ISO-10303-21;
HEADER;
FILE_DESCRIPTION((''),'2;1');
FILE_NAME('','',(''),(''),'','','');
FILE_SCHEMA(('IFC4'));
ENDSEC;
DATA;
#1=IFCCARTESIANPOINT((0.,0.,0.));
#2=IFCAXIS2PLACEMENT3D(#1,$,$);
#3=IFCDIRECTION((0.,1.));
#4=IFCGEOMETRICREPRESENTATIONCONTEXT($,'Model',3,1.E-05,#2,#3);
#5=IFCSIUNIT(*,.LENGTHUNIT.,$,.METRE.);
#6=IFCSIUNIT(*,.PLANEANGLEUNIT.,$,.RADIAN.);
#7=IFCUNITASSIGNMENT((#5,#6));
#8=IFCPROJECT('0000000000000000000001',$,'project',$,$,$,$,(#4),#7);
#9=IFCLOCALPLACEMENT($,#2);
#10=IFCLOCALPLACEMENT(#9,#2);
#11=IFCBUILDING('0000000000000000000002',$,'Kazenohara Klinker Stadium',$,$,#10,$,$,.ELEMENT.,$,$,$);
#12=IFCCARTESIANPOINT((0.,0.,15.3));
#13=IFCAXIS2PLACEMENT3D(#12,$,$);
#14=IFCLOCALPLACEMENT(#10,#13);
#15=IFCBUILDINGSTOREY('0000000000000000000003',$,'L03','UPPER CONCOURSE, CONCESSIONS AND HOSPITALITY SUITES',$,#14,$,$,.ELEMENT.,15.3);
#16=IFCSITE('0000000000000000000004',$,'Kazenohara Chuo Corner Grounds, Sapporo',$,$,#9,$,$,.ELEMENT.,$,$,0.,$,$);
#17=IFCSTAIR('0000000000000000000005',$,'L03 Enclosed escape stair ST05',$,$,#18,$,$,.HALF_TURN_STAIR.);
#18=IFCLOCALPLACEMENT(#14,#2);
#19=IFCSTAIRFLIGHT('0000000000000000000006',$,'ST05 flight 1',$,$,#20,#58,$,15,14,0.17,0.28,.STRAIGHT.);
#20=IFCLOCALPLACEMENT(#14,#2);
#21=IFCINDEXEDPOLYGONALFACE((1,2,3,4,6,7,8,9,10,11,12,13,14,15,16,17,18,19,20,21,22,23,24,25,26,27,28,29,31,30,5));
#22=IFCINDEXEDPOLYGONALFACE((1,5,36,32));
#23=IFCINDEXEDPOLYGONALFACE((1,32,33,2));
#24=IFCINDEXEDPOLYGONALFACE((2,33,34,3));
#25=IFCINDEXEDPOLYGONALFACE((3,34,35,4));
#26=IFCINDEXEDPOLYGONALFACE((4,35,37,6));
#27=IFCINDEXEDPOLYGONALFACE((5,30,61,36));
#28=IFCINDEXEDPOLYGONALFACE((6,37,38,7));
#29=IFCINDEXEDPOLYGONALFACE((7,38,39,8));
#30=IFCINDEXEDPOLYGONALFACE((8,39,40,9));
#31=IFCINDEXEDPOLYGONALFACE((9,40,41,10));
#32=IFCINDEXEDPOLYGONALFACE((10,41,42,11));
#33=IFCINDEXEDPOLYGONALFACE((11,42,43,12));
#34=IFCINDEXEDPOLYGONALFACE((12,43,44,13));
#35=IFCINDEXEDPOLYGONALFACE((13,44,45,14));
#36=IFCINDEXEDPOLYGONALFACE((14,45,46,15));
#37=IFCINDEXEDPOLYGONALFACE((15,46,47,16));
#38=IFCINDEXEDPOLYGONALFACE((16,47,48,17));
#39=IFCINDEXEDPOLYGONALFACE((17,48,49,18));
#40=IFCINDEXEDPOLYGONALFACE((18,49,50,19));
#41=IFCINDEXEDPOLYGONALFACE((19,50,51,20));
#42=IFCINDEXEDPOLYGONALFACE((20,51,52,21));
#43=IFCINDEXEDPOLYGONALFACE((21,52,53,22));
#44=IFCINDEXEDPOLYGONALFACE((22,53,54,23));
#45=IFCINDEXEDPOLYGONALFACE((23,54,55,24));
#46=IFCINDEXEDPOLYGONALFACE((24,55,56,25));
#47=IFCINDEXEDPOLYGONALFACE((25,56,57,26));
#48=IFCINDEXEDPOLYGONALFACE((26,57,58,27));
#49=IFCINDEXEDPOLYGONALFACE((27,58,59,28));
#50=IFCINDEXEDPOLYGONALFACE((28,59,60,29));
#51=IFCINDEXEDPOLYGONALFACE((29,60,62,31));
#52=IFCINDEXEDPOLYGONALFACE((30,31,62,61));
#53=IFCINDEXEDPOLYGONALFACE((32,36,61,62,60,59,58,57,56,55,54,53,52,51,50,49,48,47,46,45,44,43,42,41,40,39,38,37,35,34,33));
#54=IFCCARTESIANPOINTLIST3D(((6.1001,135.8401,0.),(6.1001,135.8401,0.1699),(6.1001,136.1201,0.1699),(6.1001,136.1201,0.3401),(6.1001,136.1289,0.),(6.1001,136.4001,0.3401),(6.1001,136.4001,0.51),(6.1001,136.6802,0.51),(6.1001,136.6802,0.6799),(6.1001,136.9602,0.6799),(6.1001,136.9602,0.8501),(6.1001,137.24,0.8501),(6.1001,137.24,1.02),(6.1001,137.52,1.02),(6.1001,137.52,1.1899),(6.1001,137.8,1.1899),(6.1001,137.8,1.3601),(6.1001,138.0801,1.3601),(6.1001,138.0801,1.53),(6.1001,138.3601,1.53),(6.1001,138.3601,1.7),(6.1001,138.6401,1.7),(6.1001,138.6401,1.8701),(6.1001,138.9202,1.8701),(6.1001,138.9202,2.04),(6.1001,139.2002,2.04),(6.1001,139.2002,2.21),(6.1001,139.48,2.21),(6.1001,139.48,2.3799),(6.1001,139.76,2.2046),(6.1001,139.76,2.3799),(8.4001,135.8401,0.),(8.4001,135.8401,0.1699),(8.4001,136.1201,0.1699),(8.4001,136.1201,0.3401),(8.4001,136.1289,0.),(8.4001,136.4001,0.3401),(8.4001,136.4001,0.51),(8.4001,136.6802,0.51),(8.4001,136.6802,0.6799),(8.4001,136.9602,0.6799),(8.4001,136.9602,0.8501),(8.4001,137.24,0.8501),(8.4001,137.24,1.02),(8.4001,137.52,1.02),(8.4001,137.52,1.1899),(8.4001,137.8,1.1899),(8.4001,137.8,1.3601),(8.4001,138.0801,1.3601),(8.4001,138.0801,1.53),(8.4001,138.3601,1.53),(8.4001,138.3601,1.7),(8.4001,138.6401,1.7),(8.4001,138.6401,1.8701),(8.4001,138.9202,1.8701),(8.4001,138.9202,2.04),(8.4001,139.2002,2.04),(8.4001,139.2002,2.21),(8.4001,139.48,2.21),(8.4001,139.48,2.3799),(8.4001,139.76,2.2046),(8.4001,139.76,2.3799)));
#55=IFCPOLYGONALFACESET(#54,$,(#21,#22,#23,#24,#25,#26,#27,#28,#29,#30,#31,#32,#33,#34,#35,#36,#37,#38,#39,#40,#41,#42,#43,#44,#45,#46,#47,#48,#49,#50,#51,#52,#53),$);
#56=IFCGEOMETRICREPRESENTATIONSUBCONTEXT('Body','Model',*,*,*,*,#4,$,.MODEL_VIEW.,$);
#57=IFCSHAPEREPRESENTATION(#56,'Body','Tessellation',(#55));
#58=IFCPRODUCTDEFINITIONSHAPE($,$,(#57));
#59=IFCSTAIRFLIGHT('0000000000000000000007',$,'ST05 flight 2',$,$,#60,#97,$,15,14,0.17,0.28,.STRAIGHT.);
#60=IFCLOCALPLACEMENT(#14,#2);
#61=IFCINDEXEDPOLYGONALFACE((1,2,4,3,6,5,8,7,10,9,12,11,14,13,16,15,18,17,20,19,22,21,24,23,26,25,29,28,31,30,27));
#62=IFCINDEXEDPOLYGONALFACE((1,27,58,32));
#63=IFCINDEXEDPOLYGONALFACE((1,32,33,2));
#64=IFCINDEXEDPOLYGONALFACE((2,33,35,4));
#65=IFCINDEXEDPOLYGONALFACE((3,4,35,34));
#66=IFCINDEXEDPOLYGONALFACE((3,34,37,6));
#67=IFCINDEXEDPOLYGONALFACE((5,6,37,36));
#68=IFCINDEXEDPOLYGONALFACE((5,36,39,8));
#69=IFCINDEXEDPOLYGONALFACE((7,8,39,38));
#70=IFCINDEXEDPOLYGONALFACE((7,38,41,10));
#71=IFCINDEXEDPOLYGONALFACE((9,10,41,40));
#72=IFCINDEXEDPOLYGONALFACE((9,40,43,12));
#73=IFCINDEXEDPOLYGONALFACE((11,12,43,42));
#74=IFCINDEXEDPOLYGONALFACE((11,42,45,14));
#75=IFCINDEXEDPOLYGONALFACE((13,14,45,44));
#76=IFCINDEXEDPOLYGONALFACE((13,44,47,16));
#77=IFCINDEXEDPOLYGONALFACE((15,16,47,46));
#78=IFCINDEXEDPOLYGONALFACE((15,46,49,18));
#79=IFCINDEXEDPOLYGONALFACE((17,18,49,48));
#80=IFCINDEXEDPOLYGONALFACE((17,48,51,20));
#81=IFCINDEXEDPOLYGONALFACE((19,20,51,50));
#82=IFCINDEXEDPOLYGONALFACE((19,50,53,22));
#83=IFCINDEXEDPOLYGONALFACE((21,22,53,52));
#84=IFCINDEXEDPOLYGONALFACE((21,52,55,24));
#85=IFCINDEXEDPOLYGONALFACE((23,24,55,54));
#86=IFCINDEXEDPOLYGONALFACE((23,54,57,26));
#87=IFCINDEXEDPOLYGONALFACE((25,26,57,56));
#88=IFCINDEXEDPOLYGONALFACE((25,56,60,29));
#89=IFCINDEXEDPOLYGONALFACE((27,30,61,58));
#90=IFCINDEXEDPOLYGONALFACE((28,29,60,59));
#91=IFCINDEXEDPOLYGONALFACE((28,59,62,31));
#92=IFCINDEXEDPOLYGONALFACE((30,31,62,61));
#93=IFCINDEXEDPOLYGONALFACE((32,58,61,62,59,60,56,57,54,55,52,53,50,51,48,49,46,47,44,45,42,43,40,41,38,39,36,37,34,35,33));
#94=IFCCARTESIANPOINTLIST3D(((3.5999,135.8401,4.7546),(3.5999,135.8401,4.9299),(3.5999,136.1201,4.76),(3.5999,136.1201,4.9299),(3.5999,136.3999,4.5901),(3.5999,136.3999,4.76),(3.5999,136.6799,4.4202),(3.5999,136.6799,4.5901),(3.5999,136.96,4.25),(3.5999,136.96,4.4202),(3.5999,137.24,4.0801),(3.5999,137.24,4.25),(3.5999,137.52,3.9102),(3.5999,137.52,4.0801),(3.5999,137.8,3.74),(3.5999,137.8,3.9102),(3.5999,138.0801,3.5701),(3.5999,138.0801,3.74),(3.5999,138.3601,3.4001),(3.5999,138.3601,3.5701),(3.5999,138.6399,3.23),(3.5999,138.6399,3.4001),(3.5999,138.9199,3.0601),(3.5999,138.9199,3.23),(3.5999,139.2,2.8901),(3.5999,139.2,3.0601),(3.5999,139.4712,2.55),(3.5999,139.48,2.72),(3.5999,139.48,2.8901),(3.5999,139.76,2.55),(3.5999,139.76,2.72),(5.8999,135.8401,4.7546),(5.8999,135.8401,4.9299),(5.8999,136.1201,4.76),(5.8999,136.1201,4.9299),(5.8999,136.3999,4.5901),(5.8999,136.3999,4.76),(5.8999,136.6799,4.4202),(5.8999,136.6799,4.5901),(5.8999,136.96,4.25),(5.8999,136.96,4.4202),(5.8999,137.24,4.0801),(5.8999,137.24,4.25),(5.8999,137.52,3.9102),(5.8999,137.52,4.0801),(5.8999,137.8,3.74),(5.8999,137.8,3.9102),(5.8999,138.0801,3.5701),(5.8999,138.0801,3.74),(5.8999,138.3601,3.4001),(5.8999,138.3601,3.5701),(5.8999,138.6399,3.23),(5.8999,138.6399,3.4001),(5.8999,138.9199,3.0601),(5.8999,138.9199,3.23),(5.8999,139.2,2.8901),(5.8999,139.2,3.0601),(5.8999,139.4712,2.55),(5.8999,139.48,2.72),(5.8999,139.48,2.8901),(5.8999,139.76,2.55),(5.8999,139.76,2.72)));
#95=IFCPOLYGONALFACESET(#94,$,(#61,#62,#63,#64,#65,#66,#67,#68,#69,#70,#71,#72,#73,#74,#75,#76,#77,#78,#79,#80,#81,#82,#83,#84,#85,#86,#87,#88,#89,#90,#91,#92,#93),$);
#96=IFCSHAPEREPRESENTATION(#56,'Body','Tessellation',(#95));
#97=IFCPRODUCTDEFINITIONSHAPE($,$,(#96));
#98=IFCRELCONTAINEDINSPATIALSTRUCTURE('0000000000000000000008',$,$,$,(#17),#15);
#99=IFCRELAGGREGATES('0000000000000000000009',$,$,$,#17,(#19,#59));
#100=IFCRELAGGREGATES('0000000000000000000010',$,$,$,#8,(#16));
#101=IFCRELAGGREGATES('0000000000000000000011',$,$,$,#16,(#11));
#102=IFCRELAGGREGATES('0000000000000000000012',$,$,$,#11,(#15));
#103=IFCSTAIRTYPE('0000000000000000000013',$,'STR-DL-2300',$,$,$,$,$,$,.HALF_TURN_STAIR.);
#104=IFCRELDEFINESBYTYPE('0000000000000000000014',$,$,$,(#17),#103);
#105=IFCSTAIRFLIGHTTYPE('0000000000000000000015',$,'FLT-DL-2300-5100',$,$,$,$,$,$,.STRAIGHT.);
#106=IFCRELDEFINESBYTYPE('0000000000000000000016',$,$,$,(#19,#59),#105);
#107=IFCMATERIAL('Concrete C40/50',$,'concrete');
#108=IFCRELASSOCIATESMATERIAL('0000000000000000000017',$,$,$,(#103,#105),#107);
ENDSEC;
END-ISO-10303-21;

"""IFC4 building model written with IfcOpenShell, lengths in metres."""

from ifc_helpers import new_model, si_unit, direction, frame, origin, place, context, subcontext, project, spatial, polyline, outline, extrude, material, type_object, element, aggregate, save


model = new_model("IFC4")

# Units and contexts
model_context = context("Model", 3, precision=1e-05, world=origin(), true_north=direction((0.0, 1.0)))
body_context = subcontext(model_context, "Body", "Model", "MODEL_VIEW")
ifc_project = project(units=[si_unit("LENGTHUNIT", "METRE"), si_unit("PLANEANGLEUNIT", "RADIAN")], contexts=[model_context])

# Site, building, storey
site_placement = place(None, origin())
site = spatial("IfcSite", under=ifc_project, at=site_placement, Name="Kazenohara Chuo Corner Grounds, Sapporo", CompositionType="ELEMENT", RefElevation=0.0)
building_placement = place(site_placement, origin())
building = spatial("IfcBuilding", under=site, at=building_placement, Name="Kazenohara Klinker Stadium", CompositionType="ELEMENT")
storey_placement = place(building_placement, frame((0.0, 0.0, 15.3)))
storey = spatial("IfcBuildingStorey", under=building, at=storey_placement, Name="L03", Description="UPPER CONCOURSE, CONCESSIONS AND HOSPITALITY SUITES", CompositionType="ELEMENT", Elevation=15.3)

# Shared definitions
ifc_material_1 = material(Name="Concrete C40/50", Category="concrete")

# Stair, stair flights
stair_type = type_object("IfcStairType", Name="STR-DL-2300", PredefinedType="HALF_TURN_STAIR", material=ifc_material_1)
stair_placement = place(storey_placement, origin())
stair = element("IfcStair", 1, at=stair_placement, inside=storey, type_object=stair_type, Name="L03 Enclosed escape stair ST05", PredefinedType="HALF_TURN_STAIR")
stair_flight_type = type_object("IfcStairFlightType", Name="FLT-DL-2300-5100", PredefinedType="STRAIGHT", material=ifc_material_1)
stair_flight_1_placement = place(storey_placement, frame((7.25, 135.8401, 0.0), z_axis=(0.0, 0.0, 1.0), x_axis=(0.0, 1.0, 0.0)))
stair_flight_1 = element("IfcStairFlight", 2, at=stair_flight_1_placement, type_object=stair_flight_type, Name="ST05 flight 1", NumberOfRisers=15, NumberOfTreads=14, PredefinedType="STRAIGHT", RiserHeight=0.17, TreadLength=0.28, context=body_context, shape_type="SweptSolid", body=[
    extrude(outline(polyline([(0.0, 0.0), (0.0, 0.1699), (0.28, 0.1699), (0.28, 0.3401), (0.5601, 0.3401), (0.5601, 0.51), (0.8401, 0.51), (0.8401, 0.6799), (1.1201, 0.6799), (1.1201, 0.8501), (1.3999, 0.8501), (1.3999, 1.02), (1.6799, 1.02), (1.6799, 1.1899), (1.96, 1.1899), (1.96, 1.3601), (2.24, 1.3601), (2.24, 1.53), (2.52, 1.53), (2.52, 1.7), (2.8, 1.7), (2.8, 1.8701), (3.0801, 1.8701), (3.0801, 2.04), (3.3601, 2.04), (3.3601, 2.21), (3.6399, 2.21), (3.6399, 2.3799), (3.9199, 2.3799), (3.9199, 2.55), (3.9199, 2.2046), (0.2888, 0.0), (0.0, 0.0)])), frame((0.0, 1.1499, 0.0), z_axis=(0.0, -1.0, 0.0), x_axis=(1.0, 0.0, 0.0)), (0.0, 0.0, 1.0), 2.3),
])
stair_flight_2_placement = place(storey_placement, frame((4.75, 139.76, 2.55), z_axis=(0.0, 0.0, 1.0), x_axis=(0.0, -1.0, 0.0)))
stair_flight_2 = element("IfcStairFlight", 3, at=stair_flight_2_placement, type_object=stair_flight_type, Name="ST05 flight 2", NumberOfRisers=15, NumberOfTreads=14, PredefinedType="STRAIGHT", RiserHeight=0.17, TreadLength=0.28, context=body_context, shape_type="SweptSolid", body=[
    extrude(outline(polyline([(0.0, 0.0), (0.0, 0.1699), (0.28, 0.1699), (0.28, 0.3401), (0.5601, 0.3401), (0.5601, 0.51), (0.8401, 0.51), (0.8401, 0.6799), (1.1201, 0.6799), (1.1201, 0.8501), (1.3999, 0.8501), (1.3999, 1.02), (1.6799, 1.02), (1.6799, 1.1899), (1.96, 1.1899), (1.96, 1.3601), (2.24, 1.3601), (2.24, 1.53), (2.52, 1.53), (2.52, 1.7), (2.8, 1.7), (2.8, 1.8701), (3.0801, 1.8701), (3.0801, 2.04), (3.3601, 2.04), (3.3601, 2.21), (3.6399, 2.21), (3.6399, 2.3799), (3.9199, 2.3799), (3.9199, 2.55), (3.9199, 2.2046), (0.2888, 0.0), (0.0, 0.0)])), frame((0.0, 1.1499, 0.0), z_axis=(0.0, -1.0, 0.0), x_axis=(1.0, 0.0, 0.0)), (0.0, 0.0, 1.0), 2.3),
])
aggregate(stair, [stair_flight_1, stair_flight_2])

save(model, "model.ifc")
